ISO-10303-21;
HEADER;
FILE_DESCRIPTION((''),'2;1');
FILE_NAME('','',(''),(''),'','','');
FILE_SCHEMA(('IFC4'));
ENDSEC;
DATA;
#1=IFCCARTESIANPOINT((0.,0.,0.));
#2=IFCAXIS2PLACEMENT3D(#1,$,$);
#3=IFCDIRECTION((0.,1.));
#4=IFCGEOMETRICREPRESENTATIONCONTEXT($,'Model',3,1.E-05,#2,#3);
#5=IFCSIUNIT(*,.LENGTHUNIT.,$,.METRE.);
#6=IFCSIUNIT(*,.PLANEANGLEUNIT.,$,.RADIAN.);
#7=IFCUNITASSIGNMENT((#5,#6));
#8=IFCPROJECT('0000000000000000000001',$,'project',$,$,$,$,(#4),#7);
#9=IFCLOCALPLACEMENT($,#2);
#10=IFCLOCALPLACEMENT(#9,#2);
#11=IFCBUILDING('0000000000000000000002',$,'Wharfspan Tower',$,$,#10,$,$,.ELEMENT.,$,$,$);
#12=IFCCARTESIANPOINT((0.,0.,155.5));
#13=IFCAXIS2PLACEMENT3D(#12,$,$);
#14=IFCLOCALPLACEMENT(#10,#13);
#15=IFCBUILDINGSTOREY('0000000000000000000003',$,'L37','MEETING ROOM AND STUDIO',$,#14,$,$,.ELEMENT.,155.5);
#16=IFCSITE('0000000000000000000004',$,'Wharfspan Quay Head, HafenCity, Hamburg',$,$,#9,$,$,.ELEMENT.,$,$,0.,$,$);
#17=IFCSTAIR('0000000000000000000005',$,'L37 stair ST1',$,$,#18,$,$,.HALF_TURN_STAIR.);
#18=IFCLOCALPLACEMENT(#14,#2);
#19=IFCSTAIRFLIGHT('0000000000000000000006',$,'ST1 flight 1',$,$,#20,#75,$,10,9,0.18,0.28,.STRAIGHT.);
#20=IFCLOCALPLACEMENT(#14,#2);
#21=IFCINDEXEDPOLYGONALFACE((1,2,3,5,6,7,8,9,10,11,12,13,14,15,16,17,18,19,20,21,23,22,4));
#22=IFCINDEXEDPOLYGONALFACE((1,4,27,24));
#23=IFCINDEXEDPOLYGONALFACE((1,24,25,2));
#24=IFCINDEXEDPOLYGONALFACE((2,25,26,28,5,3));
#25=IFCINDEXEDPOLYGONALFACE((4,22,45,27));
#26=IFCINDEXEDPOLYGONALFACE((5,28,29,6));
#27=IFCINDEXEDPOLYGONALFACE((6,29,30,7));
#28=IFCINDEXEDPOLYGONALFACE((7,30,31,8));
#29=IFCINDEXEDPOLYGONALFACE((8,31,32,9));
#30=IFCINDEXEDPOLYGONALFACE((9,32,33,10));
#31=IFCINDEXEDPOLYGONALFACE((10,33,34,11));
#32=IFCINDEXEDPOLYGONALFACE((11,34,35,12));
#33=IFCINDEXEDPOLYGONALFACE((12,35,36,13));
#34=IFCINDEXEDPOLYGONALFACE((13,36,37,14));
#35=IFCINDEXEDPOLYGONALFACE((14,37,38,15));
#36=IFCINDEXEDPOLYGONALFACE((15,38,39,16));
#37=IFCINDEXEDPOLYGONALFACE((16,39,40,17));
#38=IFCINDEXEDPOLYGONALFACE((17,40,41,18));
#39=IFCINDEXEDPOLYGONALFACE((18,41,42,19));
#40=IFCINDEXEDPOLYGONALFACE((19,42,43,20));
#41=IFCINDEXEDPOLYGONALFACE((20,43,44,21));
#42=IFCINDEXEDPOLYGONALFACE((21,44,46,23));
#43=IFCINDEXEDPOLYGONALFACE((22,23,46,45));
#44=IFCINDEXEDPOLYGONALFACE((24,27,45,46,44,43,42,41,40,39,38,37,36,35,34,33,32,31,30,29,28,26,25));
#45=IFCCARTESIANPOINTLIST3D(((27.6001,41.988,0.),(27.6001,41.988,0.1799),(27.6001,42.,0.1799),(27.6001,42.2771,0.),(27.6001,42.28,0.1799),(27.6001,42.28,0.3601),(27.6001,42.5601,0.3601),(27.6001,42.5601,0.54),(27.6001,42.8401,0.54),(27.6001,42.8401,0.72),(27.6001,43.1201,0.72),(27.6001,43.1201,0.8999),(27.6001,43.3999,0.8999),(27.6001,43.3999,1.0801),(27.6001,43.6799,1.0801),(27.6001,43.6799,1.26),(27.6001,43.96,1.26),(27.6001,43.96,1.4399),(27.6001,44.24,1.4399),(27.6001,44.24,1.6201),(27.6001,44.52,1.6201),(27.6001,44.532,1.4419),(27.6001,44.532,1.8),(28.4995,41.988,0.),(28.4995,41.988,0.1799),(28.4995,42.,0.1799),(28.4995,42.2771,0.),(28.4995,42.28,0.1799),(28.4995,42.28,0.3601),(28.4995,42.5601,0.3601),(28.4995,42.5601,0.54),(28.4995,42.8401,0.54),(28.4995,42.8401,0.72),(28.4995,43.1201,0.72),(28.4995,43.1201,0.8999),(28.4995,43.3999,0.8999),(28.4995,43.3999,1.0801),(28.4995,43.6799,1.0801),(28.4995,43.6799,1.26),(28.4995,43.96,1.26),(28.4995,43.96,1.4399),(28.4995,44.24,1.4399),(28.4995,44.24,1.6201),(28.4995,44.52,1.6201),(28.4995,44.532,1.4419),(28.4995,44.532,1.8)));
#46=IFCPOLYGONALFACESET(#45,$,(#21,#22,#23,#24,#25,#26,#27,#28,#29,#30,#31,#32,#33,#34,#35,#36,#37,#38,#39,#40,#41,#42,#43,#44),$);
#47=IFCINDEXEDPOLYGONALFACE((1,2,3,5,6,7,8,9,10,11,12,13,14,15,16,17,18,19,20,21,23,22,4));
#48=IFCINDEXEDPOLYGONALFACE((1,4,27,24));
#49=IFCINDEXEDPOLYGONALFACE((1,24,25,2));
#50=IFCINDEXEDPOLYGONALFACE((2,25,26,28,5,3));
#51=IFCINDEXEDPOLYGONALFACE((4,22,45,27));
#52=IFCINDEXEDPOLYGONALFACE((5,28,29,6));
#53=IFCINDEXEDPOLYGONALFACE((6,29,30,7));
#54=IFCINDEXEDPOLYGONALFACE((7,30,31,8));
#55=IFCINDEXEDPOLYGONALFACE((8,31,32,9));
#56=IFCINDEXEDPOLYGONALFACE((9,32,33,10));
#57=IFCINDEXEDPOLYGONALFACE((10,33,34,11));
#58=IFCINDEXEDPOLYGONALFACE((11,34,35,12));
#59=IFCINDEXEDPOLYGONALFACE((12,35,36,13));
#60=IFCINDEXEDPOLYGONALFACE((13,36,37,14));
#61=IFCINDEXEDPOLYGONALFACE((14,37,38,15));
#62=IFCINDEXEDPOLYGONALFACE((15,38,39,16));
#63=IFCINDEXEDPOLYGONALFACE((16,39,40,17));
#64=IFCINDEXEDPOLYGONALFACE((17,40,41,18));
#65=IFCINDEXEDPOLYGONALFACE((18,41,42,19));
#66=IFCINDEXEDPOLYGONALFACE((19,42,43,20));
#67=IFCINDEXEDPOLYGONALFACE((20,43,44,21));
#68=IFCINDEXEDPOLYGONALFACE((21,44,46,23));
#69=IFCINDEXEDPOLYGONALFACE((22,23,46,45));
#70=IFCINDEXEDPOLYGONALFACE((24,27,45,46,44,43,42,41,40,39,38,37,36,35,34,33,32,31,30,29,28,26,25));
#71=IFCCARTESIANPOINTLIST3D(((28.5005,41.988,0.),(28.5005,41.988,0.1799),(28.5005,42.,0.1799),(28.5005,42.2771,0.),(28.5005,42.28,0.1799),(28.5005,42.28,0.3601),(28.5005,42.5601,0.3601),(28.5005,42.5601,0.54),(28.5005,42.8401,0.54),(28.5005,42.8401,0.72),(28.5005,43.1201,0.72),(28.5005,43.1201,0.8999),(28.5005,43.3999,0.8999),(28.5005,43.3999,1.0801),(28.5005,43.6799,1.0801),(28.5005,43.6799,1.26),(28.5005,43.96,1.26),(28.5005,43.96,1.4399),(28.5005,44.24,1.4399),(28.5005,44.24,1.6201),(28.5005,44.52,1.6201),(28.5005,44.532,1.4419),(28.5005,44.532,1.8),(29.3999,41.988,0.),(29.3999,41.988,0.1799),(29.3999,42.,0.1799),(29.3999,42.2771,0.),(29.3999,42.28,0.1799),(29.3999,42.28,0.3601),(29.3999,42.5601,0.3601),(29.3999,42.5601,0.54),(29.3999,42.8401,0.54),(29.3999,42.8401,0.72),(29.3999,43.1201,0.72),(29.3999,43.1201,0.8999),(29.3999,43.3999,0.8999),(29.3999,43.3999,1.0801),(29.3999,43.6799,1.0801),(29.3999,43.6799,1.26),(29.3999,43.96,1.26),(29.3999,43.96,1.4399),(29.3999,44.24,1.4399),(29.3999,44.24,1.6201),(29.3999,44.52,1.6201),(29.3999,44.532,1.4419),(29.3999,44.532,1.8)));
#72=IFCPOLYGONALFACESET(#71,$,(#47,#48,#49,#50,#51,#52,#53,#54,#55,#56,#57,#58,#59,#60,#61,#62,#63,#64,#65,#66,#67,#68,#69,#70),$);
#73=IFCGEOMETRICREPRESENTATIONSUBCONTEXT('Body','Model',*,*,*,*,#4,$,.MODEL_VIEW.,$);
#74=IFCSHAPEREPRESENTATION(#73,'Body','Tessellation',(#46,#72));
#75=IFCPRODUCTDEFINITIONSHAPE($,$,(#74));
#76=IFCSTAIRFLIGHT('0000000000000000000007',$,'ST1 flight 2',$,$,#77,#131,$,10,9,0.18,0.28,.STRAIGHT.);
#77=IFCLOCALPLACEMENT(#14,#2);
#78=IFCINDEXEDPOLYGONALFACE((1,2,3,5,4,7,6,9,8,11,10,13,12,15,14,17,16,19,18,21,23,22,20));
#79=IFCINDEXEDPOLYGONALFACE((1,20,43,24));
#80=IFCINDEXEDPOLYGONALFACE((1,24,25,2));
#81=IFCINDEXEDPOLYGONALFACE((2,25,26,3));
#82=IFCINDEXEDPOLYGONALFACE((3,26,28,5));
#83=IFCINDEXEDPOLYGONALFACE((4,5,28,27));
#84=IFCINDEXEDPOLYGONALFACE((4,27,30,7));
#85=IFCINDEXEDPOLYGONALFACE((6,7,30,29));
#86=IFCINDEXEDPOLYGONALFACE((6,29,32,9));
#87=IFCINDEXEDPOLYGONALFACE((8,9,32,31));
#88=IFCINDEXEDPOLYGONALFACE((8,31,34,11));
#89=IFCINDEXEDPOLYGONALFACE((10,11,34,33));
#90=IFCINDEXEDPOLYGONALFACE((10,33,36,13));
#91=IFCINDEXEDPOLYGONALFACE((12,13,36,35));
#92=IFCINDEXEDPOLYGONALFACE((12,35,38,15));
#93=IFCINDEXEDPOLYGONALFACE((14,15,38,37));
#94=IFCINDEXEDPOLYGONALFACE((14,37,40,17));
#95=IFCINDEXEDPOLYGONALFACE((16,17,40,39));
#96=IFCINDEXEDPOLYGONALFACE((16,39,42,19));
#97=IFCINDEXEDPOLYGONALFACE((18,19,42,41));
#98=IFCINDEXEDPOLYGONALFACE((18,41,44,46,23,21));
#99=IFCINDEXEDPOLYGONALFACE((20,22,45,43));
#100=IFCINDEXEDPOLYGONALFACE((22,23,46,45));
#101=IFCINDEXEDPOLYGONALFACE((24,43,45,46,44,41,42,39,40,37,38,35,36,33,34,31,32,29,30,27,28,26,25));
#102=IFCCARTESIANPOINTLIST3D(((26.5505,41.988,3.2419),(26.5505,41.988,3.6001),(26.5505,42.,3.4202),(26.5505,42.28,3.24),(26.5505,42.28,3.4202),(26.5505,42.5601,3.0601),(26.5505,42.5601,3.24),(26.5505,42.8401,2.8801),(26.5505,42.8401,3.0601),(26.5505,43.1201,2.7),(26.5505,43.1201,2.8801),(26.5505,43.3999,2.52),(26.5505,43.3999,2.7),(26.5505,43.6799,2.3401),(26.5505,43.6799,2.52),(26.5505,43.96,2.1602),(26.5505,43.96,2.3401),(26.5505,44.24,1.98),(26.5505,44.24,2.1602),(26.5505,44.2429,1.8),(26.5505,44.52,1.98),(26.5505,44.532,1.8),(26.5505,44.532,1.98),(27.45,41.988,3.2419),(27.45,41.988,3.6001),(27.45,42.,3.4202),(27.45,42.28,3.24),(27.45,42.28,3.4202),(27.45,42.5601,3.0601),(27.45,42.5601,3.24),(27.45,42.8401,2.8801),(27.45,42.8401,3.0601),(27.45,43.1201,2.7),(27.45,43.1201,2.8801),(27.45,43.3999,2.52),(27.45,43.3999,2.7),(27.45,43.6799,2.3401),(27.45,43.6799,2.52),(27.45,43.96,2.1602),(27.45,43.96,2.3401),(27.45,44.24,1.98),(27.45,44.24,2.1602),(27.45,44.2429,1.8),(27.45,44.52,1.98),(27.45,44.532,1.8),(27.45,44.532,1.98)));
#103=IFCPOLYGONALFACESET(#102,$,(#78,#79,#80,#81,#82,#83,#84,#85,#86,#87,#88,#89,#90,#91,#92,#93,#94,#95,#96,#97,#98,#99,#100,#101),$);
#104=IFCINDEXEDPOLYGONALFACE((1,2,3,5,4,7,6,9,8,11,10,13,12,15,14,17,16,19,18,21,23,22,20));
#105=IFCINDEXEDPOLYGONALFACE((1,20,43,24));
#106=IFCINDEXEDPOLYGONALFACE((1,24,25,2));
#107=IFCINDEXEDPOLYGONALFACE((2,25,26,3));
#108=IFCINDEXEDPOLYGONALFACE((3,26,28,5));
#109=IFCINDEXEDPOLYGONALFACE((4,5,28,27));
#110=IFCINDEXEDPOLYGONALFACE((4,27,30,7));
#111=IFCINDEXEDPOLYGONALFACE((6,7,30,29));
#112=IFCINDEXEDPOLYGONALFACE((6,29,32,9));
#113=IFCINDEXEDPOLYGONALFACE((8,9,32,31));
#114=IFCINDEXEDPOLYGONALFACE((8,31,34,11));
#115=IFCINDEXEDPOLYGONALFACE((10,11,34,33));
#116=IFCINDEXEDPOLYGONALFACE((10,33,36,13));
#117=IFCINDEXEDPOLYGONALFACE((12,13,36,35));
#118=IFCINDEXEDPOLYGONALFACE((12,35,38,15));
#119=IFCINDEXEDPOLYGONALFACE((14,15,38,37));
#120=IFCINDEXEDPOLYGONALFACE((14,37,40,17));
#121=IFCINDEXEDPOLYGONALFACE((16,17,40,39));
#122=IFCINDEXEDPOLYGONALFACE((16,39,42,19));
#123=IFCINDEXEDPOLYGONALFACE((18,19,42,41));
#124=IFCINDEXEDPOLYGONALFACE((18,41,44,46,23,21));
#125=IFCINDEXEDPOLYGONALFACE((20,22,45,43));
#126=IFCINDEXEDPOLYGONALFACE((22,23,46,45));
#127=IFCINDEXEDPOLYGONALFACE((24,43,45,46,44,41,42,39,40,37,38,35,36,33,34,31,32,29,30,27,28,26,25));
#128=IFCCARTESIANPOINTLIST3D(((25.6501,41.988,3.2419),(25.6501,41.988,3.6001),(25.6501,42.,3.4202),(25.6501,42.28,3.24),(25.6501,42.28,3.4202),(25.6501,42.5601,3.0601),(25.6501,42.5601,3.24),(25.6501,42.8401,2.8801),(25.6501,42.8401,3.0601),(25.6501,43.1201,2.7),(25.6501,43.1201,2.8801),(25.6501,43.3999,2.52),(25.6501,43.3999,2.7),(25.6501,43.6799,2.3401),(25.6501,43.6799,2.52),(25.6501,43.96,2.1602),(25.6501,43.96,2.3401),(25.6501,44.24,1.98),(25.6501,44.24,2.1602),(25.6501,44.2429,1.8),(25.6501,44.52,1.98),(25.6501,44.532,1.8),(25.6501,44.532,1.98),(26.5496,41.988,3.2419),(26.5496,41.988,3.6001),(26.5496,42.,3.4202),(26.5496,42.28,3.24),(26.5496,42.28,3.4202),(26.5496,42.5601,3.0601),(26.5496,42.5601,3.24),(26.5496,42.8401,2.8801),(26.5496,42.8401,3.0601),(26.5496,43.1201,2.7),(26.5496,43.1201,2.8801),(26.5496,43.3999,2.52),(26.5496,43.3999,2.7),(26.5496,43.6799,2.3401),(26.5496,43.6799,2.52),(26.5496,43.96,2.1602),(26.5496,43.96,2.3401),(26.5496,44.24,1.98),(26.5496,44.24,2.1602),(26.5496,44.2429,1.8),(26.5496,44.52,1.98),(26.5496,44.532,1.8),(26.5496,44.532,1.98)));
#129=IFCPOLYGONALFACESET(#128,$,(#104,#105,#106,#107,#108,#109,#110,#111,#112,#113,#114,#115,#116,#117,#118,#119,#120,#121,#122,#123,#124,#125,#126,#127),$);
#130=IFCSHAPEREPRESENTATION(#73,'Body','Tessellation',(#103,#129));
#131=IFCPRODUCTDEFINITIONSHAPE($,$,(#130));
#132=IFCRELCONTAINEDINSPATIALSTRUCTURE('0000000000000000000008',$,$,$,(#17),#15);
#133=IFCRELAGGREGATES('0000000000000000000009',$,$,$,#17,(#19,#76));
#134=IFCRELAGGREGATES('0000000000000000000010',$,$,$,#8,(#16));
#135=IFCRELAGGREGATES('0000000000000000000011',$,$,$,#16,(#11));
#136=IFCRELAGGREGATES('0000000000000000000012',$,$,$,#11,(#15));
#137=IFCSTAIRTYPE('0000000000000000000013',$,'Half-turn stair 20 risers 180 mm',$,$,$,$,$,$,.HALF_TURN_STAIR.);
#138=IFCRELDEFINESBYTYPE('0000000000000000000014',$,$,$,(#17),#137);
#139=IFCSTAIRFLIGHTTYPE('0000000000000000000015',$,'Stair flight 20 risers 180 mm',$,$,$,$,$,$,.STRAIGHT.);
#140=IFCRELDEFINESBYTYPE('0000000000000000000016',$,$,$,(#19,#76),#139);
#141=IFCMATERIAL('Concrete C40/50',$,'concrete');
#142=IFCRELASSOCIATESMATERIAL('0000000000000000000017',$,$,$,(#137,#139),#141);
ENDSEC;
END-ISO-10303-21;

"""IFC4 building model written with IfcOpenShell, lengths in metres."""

from ifc_helpers import new_model, si_unit, direction, frame, origin, place, context, subcontext, project, spatial, polyline, outline, extrude, material, type_object, element, aggregate, save


model = new_model("IFC4")

# Units and contexts
model_context = context("Model", 3, precision=1e-05, world=origin(), true_north=direction((0.0, 1.0)))
body_context = subcontext(model_context, "Body", "Model", "MODEL_VIEW")
ifc_project = project(units=[si_unit("LENGTHUNIT", "METRE"), si_unit("PLANEANGLEUNIT", "RADIAN")], contexts=[model_context])

# Site, building, storey
site_placement = place(None, origin())
site = spatial("IfcSite", under=ifc_project, at=site_placement, Name="Wharfspan Quay Head, HafenCity, Hamburg", CompositionType="ELEMENT", RefElevation=0.0)
building_placement = place(site_placement, origin())
building = spatial("IfcBuilding", under=site, at=building_placement, Name="Wharfspan Tower", CompositionType="ELEMENT")
storey_placement = place(building_placement, frame((0.0, 0.0, 155.5)))
storey = spatial("IfcBuildingStorey", under=building, at=storey_placement, Name="L37", Description="MEETING ROOM AND STUDIO", CompositionType="ELEMENT", Elevation=155.5)

# Shared definitions
ifc_material_1 = material(Name="Concrete C40/50", Category="concrete")

# Stair, stair flights
stair_type = type_object("IfcStairType", Name="Half-turn stair 20 risers 180 mm", PredefinedType="HALF_TURN_STAIR", material=ifc_material_1)
stair_placement = place(storey_placement, origin())
stair = element("IfcStair", 1, at=stair_placement, inside=storey, type_object=stair_type, Name="L37 stair ST1", PredefinedType="HALF_TURN_STAIR")
stair_flight_type = type_object("IfcStairFlightType", Name="Stair flight 20 risers 180 mm", PredefinedType="STRAIGHT", material=ifc_material_1)
stair_flight_1_placement = place(storey_placement, frame((28.5, 42.0, 0.0), z_axis=(0.0, 0.0, 1.0), x_axis=(0.0, 1.0, 0.0)))
stair_flight_1 = element("IfcStairFlight", 2, at=stair_flight_1_placement, type_object=stair_flight_type, Name="ST1 flight 1", NumberOfRisers=10, NumberOfTreads=9, PredefinedType="STRAIGHT", RiserHeight=0.18, TreadLength=0.28, context=body_context, shape_type="SweptSolid", body=[
    extrude(outline(polyline([(-0.012, 0.0), (-0.012, 0.1799), (0.0, 0.1799), (0.28, 0.1799), (0.28, 0.3601), (0.5601, 0.3601), (0.5601, 0.54), (0.8401, 0.54), (0.8401, 0.72), (1.1201, 0.72), (1.1201, 0.8999), (1.3999, 0.8999), (1.3999, 1.0801), (1.6799, 1.0801), (1.6799, 1.26), (1.96, 1.26), (1.96, 1.4399), (2.24, 1.4399), (2.24, 1.6201), (2.52, 1.6201), (2.532, 1.8), (2.532, 1.4419), (0.2771, 0.0), (-0.012, 0.0)])), frame((0.0, 0.8999, 0.0), z_axis=(0.0, -1.0, 0.0), x_axis=(1.0, 0.0, 0.0)), (0.0, 0.0, 1.0), 0.8994),
    extrude(outline(polyline([(-0.012, 0.0), (-0.012, 0.1799), (0.0, 0.1799), (0.28, 0.1799), (0.28, 0.3601), (0.5601, 0.3601), (0.5601, 0.54), (0.8401, 0.54), (0.8401, 0.72), (1.1201, 0.72), (1.1201, 0.8999), (1.3999, 0.8999), (1.3999, 1.0801), (1.6799, 1.0801), (1.6799, 1.26), (1.96, 1.26), (1.96, 1.4399), (2.24, 1.4399), (2.24, 1.6201), (2.52, 1.6201), (2.532, 1.8), (2.532, 1.4419), (0.2771, 0.0), (-0.012, 0.0)])), frame((0.0, -0.0005, 0.0), z_axis=(0.0, -1.0, 0.0), x_axis=(1.0, 0.0, 0.0)), (0.0, 0.0, 1.0), 0.8994),
])
stair_flight_2_placement = place(storey_placement, frame((26.55, 44.52, 1.8), z_axis=(0.0, 0.0, 1.0), x_axis=(0.0, -1.0, 0.0)))
stair_flight_2 = element("IfcStairFlight", 3, at=stair_flight_2_placement, type_object=stair_flight_type, Name="ST1 flight 2", NumberOfRisers=10, NumberOfTreads=9, PredefinedType="STRAIGHT", RiserHeight=0.18, TreadLength=0.28, context=body_context, shape_type="SweptSolid", body=[
    extrude(outline(polyline([(-0.012, 0.0), (-0.012, 0.1799), (0.0, 0.1799), (0.28, 0.1799), (0.28, 0.3601), (0.5601, 0.3601), (0.5601, 0.54), (0.8401, 0.54), (0.8401, 0.72), (1.1201, 0.72), (1.1201, 0.8999), (1.3999, 0.8999), (1.3999, 1.0801), (1.6799, 1.0801), (1.6799, 1.26), (1.96, 1.26), (1.96, 1.4399), (2.24, 1.4399), (2.24, 1.6201), (2.52, 1.6201), (2.532, 1.8), (2.532, 1.4419), (0.2771, 0.0), (-0.012, 0.0)])), frame((0.0, 0.8999, 0.0), z_axis=(0.0, -1.0, 0.0), x_axis=(1.0, 0.0, 0.0)), (0.0, 0.0, 1.0), 0.8994),
    extrude(outline(polyline([(-0.012, 0.0), (-0.012, 0.1799), (0.0, 0.1799), (0.28, 0.1799), (0.28, 0.3601), (0.5601, 0.3601), (0.5601, 0.54), (0.8401, 0.54), (0.8401, 0.72), (1.1201, 0.72), (1.1201, 0.8999), (1.3999, 0.8999), (1.3999, 1.0801), (1.6799, 1.0801), (1.6799, 1.26), (1.96, 1.26), (1.96, 1.4399), (2.24, 1.4399), (2.24, 1.6201), (2.52, 1.6201), (2.532, 1.8), (2.532, 1.4419), (0.2771, 0.0), (-0.012, 0.0)])), frame((0.0, -0.0005, 0.0), z_axis=(0.0, -1.0, 0.0), x_axis=(1.0, 0.0, 0.0)), (0.0, 0.0, 1.0), 0.8994),
])
aggregate(stair, [stair_flight_1, stair_flight_2])

save(model, "model.ifc")
